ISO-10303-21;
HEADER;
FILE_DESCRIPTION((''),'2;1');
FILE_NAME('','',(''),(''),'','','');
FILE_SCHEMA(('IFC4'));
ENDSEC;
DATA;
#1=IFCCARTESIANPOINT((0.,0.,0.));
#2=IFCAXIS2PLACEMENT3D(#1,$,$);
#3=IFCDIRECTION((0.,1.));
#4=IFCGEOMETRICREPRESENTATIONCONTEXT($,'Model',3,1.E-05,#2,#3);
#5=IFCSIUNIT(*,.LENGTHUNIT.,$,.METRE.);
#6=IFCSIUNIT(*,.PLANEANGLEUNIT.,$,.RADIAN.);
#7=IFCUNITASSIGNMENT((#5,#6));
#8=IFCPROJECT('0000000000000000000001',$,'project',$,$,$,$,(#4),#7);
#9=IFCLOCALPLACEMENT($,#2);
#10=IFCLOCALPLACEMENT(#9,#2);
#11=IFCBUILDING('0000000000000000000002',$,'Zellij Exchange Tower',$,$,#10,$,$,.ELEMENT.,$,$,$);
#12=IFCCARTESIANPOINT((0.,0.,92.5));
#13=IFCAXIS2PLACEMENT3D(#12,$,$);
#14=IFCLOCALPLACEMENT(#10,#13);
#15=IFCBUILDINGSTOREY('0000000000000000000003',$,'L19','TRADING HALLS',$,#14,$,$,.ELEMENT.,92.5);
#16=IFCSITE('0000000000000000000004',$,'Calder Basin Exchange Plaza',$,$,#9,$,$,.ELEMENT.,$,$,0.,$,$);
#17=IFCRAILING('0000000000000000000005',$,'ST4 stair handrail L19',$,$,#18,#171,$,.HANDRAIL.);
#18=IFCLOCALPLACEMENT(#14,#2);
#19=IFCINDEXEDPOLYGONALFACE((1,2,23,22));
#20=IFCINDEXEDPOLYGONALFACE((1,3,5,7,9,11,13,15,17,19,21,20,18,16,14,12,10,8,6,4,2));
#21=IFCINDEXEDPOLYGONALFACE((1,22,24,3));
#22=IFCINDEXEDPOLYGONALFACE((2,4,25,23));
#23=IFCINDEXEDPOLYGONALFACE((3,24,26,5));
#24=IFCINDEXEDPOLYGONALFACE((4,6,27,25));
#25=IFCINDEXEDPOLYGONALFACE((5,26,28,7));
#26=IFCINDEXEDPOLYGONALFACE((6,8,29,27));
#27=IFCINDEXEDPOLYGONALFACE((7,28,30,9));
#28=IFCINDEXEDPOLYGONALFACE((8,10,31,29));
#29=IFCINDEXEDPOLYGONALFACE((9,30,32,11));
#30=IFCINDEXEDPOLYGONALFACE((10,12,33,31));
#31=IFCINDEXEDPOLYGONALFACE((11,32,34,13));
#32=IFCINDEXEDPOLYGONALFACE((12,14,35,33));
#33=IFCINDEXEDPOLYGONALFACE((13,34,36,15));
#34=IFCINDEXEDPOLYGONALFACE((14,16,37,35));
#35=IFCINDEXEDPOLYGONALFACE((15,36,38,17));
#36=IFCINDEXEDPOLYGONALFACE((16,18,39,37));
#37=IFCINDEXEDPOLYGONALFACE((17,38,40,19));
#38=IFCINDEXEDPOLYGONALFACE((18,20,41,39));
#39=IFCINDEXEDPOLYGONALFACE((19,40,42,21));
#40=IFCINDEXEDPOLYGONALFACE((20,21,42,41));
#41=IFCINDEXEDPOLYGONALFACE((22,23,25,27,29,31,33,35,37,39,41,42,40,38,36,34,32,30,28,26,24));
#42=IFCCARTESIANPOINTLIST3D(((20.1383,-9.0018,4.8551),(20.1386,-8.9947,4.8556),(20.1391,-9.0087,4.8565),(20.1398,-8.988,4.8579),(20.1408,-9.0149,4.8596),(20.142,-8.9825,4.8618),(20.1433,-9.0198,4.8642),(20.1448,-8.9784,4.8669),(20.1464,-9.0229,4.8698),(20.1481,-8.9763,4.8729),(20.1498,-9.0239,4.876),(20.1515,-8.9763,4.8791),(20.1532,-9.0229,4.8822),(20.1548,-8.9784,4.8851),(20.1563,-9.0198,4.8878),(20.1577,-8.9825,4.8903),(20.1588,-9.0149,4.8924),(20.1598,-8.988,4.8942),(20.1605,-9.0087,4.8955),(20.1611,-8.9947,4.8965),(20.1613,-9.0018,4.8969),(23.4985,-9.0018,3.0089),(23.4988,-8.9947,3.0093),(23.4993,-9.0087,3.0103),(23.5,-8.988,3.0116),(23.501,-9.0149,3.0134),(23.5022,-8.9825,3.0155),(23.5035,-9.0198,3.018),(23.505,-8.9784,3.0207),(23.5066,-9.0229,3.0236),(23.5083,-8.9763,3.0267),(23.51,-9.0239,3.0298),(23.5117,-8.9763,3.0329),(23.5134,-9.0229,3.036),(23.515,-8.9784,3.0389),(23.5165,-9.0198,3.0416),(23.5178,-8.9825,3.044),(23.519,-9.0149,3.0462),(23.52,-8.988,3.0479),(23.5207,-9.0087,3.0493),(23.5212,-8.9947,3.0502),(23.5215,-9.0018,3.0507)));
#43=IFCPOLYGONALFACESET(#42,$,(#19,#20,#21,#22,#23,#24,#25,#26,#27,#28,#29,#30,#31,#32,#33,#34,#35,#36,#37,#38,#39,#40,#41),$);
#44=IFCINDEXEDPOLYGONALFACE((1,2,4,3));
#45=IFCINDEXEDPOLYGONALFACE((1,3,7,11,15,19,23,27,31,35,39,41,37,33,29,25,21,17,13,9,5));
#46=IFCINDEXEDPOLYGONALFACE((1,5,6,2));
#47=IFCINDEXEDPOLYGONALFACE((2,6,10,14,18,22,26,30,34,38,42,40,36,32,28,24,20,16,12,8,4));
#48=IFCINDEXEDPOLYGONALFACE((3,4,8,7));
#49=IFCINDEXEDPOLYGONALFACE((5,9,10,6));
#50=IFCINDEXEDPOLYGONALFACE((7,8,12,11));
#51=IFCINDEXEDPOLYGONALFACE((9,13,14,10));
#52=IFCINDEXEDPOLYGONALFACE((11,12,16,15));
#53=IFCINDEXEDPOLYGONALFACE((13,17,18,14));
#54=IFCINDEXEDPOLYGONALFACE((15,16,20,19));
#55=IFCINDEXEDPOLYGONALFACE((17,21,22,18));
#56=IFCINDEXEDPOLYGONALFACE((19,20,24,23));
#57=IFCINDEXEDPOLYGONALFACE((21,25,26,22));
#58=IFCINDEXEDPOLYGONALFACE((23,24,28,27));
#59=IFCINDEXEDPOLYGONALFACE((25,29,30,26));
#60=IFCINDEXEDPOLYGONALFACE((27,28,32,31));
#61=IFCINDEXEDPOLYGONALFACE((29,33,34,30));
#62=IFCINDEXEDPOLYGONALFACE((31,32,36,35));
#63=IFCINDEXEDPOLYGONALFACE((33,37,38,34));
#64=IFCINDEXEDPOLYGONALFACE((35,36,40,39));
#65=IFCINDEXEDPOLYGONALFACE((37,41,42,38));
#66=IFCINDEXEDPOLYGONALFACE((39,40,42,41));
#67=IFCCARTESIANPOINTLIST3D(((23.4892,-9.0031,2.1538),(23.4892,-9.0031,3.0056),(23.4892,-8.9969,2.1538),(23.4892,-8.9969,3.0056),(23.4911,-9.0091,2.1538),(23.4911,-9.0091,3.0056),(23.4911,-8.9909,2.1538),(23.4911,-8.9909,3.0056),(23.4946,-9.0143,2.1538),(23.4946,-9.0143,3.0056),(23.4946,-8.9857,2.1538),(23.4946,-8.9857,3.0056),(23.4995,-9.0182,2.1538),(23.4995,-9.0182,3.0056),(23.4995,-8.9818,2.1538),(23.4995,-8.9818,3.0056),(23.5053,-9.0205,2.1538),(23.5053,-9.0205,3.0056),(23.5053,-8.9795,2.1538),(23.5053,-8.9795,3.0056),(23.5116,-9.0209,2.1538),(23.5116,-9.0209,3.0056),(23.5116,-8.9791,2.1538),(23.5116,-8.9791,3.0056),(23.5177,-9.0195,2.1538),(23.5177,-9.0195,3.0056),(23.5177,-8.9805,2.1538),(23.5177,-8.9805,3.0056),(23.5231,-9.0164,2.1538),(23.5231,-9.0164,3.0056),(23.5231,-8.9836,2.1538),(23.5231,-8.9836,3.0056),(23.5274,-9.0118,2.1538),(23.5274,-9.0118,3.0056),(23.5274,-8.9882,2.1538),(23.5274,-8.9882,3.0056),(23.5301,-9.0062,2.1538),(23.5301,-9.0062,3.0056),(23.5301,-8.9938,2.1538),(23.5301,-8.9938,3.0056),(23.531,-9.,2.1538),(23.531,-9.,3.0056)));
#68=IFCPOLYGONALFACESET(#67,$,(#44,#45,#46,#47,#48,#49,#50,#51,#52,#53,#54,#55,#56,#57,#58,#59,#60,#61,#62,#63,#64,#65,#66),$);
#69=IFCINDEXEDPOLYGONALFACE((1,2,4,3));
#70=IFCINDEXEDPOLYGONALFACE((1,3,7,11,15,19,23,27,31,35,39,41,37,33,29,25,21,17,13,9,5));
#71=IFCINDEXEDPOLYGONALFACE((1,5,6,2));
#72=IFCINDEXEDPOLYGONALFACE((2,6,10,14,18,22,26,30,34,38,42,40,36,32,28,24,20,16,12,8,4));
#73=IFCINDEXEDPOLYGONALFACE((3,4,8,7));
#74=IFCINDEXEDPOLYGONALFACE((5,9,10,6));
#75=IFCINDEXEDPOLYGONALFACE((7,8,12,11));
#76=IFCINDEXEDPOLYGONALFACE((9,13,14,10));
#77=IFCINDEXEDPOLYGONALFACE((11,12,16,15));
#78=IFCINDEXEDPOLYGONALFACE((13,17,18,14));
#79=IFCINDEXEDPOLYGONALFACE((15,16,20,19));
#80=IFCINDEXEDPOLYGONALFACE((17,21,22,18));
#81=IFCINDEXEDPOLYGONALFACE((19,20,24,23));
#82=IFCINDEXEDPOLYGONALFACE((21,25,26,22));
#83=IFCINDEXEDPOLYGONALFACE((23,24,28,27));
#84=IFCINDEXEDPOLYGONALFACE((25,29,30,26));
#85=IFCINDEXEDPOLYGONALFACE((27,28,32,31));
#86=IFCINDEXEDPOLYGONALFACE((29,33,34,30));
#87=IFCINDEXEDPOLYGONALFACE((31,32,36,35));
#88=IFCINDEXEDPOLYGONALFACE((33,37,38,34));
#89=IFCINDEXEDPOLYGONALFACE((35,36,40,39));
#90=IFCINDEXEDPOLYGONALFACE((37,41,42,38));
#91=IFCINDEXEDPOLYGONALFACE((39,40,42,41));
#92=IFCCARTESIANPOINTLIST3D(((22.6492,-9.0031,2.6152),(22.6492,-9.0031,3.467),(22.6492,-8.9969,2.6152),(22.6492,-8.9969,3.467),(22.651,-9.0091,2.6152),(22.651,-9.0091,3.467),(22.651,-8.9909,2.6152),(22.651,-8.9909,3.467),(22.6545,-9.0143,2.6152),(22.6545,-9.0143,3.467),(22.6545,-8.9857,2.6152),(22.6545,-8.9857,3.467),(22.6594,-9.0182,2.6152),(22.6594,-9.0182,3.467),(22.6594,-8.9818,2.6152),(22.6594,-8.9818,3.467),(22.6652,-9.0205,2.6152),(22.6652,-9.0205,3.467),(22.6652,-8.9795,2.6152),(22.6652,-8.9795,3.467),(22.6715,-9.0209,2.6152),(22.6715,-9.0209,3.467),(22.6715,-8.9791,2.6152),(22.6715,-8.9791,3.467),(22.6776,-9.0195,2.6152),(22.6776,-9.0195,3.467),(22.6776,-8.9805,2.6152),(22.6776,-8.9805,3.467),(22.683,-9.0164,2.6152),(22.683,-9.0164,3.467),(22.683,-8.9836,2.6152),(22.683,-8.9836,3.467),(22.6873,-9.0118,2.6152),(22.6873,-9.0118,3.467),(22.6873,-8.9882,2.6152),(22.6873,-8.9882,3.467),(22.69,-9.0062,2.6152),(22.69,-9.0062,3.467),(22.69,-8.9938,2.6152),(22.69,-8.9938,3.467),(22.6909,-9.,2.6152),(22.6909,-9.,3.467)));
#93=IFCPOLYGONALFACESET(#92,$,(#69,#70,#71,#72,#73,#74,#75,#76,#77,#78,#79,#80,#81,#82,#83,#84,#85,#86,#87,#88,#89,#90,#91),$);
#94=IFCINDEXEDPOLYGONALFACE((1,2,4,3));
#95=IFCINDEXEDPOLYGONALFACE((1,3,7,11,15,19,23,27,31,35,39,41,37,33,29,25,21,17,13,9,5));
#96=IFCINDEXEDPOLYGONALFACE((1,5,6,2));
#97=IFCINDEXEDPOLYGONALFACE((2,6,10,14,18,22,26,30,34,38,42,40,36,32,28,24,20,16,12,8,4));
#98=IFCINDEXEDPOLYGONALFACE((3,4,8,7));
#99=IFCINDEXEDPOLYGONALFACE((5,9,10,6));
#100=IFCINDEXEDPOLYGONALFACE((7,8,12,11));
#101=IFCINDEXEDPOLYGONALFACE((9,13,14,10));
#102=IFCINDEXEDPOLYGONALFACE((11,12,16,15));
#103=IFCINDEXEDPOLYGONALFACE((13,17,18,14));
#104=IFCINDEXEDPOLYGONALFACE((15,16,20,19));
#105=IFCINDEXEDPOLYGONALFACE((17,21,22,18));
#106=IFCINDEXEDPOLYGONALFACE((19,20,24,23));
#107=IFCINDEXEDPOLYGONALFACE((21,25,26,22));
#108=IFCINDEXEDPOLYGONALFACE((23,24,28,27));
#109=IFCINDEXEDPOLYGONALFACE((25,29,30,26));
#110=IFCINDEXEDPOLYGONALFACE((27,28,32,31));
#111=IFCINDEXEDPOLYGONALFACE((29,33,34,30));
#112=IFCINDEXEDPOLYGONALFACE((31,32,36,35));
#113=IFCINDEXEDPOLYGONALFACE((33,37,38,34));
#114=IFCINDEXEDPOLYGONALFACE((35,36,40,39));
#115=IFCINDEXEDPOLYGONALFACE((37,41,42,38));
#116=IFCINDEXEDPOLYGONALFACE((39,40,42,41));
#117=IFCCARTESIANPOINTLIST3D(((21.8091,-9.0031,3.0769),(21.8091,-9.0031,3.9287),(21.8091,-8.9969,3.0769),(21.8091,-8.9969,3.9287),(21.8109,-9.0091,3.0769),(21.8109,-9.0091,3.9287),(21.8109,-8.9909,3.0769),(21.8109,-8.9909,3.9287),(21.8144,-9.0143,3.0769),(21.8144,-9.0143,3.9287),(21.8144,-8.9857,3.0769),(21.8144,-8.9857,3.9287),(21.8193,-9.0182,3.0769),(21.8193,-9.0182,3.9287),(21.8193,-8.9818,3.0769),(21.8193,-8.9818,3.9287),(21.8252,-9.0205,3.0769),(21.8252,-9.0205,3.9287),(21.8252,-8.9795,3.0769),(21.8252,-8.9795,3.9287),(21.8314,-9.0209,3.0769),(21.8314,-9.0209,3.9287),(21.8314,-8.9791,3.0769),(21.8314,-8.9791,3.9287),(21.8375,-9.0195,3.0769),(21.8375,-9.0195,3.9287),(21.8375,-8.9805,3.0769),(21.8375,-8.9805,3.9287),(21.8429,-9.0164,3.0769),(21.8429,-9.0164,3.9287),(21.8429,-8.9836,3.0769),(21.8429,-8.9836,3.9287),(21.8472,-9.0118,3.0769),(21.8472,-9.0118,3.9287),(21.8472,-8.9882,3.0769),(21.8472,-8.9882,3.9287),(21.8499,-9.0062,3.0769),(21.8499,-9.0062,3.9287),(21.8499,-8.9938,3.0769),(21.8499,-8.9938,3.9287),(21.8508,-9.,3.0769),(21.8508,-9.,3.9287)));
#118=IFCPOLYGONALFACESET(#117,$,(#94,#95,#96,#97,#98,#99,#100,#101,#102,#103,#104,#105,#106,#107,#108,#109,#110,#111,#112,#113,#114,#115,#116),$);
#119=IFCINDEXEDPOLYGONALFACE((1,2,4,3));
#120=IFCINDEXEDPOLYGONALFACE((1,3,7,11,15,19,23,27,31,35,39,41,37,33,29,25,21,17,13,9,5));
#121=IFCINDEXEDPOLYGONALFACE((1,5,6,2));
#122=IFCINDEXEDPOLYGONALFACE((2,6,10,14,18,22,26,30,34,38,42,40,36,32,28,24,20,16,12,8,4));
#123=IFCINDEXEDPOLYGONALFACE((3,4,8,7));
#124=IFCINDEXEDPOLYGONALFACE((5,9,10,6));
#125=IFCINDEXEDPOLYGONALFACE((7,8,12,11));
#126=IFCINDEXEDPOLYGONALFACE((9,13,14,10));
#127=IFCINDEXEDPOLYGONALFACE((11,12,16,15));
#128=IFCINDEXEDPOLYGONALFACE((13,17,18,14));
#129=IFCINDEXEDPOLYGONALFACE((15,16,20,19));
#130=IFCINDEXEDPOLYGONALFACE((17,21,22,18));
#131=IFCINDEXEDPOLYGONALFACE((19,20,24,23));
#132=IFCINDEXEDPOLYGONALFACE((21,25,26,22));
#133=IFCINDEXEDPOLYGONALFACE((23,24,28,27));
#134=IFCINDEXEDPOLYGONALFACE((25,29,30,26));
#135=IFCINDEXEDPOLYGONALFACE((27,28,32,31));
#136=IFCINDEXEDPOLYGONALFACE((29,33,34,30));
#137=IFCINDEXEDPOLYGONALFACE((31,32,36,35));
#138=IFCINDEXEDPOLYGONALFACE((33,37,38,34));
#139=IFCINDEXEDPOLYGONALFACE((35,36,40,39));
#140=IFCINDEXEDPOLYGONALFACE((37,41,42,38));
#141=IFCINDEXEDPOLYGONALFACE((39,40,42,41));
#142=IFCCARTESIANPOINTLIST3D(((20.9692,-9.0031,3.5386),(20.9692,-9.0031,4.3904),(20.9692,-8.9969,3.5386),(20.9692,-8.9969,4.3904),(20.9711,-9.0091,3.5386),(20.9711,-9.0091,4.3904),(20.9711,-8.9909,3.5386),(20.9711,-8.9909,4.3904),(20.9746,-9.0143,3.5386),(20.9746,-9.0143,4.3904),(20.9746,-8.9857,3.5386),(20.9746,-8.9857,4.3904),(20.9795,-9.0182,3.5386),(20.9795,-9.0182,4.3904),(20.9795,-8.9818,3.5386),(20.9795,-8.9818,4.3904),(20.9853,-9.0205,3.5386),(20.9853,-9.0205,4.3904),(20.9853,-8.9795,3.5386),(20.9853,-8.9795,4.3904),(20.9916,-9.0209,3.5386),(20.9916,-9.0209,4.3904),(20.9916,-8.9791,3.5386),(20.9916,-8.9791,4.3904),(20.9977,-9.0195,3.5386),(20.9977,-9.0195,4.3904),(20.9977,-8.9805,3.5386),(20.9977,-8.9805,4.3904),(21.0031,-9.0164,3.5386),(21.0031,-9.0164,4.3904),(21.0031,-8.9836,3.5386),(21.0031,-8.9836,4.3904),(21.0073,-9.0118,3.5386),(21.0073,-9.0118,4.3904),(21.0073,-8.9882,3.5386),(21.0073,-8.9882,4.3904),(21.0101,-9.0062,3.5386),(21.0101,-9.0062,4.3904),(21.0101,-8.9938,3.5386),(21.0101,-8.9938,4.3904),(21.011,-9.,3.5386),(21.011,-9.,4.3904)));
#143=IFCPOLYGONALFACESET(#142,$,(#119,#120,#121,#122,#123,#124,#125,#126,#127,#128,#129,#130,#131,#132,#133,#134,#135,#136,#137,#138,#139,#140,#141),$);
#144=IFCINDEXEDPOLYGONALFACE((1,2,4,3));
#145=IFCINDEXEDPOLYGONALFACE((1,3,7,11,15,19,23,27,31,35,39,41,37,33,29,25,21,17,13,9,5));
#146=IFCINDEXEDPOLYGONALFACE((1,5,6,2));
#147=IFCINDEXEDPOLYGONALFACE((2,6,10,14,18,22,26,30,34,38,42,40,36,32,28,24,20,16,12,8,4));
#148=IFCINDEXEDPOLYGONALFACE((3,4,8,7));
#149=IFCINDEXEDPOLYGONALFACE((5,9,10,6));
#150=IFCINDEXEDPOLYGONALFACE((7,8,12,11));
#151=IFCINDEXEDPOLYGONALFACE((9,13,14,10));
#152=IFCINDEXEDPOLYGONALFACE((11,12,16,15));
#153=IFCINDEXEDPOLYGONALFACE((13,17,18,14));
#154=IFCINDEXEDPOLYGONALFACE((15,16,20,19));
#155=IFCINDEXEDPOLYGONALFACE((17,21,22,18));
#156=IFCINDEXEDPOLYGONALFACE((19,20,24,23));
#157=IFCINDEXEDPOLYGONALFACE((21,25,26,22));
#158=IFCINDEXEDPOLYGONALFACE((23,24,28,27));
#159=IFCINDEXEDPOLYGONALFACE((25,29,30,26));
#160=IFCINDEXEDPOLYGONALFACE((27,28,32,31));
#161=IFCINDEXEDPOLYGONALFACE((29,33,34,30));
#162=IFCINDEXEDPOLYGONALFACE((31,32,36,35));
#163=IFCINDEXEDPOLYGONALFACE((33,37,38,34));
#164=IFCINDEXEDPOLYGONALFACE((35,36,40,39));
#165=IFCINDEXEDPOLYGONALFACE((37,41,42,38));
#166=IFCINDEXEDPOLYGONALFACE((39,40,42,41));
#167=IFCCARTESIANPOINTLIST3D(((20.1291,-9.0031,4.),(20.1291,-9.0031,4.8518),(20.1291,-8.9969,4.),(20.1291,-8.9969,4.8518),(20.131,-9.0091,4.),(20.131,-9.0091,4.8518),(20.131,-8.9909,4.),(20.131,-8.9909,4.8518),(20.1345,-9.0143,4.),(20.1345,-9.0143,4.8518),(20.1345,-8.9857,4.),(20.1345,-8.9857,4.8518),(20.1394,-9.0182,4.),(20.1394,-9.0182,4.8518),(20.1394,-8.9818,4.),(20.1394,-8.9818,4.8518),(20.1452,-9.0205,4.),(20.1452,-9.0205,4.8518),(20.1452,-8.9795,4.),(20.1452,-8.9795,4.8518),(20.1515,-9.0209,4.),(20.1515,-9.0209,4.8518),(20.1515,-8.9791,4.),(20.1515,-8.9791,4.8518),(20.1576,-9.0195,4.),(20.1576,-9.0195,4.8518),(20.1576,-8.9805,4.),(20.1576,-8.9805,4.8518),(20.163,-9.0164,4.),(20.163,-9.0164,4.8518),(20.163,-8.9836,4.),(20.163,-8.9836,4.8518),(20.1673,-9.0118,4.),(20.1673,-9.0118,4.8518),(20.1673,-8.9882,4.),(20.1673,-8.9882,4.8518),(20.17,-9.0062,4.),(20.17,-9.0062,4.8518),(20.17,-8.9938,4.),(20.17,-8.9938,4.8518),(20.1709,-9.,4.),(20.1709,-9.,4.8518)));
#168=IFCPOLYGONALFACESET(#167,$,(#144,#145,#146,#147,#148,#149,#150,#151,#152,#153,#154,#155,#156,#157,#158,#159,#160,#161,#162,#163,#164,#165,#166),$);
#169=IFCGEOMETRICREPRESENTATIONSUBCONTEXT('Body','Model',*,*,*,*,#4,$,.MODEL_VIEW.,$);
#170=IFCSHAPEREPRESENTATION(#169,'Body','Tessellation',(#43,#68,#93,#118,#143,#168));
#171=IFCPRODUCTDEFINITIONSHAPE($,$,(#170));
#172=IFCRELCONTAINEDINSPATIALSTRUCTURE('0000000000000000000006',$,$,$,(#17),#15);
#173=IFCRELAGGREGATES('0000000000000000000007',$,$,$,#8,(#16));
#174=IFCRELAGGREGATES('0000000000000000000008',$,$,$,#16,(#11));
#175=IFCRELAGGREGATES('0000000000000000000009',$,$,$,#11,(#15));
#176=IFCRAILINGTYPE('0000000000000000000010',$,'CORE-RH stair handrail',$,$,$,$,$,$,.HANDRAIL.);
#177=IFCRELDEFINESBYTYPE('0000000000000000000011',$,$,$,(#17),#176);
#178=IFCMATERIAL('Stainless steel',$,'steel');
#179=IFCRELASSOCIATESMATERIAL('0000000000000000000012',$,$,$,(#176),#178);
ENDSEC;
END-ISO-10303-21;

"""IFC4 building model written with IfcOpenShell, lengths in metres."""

from ifc_helpers import new_model, si_unit, direction, frame, origin, origin_2d, place, context, subcontext, project, spatial, circle, extrude, material, type_object, element, save


model = new_model("IFC4")

# Units and contexts
model_context = context("Model", 3, precision=1e-05, world=origin(), true_north=direction((0.0, 1.0)))
body_context = subcontext(model_context, "Body", "Model", "MODEL_VIEW")
ifc_project = project(units=[si_unit("LENGTHUNIT", "METRE"), si_unit("PLANEANGLEUNIT", "RADIAN")], contexts=[model_context])

# Site, building, storey
site_placement = place(None, origin())
site = spatial("IfcSite", under=ifc_project, at=site_placement, Name="Calder Basin Exchange Plaza", CompositionType="ELEMENT", RefElevation=0.0)
building_placement = place(site_placement, origin())
building = spatial("IfcBuilding", under=site, at=building_placement, Name="Zellij Exchange Tower", CompositionType="ELEMENT")
storey_placement = place(building_placement, frame((0.0, 0.0, 92.5)))
storey = spatial("IfcBuildingStorey", under=building, at=storey_placement, Name="L19", Description="TRADING HALLS", CompositionType="ELEMENT", Elevation=92.5)

# Railing
ifc_material_1 = material(Name="Stainless steel", Category="steel")
railing_type = type_object("IfcRailingType", Name="CORE-RH stair handrail", PredefinedType="HANDRAIL", material=ifc_material_1)
railing_placement = place(storey_placement, frame((23.51, -9.0, 2.1538)))
element("IfcRailing", 1, at=railing_placement, inside=storey, type_object=railing_type, Name="ST4 stair handrail L19", PredefinedType="HANDRAIL", context=body_context, shape_type="SweptSolid", body=[
    extrude(circle(Radius=0.0239, at=origin_2d()), frame((0.0, 0.0, 0.876), z_axis=(-0.876422, 0.0, 0.481545), x_axis=(0.0, -1.0, 0.0)), (0.0, 0.0, 1.0), 3.834),
    extrude(circle(Radius=0.021, at=origin_2d()), origin(), (0.0, 0.0, 1.0), 0.8518),
    extrude(circle(Radius=0.021, at=origin_2d()), frame((-0.8401, 0.0, 0.4614)), (0.0, 0.0, 1.0), 0.8518),
    extrude(circle(Radius=0.021, at=origin_2d()), frame((-1.6802, 0.0, 0.9231)), (0.0, 0.0, 1.0), 0.8518),
    extrude(circle(Radius=0.021, at=origin_2d()), frame((-2.52, 0.0, 1.3848)), (0.0, 0.0, 1.0), 0.8518),
    extrude(circle(Radius=0.021, at=origin_2d()), frame((-3.3601, 0.0, 1.8462)), (0.0, 0.0, 1.0), 0.8518),
])

save(model, "model.ifc")
